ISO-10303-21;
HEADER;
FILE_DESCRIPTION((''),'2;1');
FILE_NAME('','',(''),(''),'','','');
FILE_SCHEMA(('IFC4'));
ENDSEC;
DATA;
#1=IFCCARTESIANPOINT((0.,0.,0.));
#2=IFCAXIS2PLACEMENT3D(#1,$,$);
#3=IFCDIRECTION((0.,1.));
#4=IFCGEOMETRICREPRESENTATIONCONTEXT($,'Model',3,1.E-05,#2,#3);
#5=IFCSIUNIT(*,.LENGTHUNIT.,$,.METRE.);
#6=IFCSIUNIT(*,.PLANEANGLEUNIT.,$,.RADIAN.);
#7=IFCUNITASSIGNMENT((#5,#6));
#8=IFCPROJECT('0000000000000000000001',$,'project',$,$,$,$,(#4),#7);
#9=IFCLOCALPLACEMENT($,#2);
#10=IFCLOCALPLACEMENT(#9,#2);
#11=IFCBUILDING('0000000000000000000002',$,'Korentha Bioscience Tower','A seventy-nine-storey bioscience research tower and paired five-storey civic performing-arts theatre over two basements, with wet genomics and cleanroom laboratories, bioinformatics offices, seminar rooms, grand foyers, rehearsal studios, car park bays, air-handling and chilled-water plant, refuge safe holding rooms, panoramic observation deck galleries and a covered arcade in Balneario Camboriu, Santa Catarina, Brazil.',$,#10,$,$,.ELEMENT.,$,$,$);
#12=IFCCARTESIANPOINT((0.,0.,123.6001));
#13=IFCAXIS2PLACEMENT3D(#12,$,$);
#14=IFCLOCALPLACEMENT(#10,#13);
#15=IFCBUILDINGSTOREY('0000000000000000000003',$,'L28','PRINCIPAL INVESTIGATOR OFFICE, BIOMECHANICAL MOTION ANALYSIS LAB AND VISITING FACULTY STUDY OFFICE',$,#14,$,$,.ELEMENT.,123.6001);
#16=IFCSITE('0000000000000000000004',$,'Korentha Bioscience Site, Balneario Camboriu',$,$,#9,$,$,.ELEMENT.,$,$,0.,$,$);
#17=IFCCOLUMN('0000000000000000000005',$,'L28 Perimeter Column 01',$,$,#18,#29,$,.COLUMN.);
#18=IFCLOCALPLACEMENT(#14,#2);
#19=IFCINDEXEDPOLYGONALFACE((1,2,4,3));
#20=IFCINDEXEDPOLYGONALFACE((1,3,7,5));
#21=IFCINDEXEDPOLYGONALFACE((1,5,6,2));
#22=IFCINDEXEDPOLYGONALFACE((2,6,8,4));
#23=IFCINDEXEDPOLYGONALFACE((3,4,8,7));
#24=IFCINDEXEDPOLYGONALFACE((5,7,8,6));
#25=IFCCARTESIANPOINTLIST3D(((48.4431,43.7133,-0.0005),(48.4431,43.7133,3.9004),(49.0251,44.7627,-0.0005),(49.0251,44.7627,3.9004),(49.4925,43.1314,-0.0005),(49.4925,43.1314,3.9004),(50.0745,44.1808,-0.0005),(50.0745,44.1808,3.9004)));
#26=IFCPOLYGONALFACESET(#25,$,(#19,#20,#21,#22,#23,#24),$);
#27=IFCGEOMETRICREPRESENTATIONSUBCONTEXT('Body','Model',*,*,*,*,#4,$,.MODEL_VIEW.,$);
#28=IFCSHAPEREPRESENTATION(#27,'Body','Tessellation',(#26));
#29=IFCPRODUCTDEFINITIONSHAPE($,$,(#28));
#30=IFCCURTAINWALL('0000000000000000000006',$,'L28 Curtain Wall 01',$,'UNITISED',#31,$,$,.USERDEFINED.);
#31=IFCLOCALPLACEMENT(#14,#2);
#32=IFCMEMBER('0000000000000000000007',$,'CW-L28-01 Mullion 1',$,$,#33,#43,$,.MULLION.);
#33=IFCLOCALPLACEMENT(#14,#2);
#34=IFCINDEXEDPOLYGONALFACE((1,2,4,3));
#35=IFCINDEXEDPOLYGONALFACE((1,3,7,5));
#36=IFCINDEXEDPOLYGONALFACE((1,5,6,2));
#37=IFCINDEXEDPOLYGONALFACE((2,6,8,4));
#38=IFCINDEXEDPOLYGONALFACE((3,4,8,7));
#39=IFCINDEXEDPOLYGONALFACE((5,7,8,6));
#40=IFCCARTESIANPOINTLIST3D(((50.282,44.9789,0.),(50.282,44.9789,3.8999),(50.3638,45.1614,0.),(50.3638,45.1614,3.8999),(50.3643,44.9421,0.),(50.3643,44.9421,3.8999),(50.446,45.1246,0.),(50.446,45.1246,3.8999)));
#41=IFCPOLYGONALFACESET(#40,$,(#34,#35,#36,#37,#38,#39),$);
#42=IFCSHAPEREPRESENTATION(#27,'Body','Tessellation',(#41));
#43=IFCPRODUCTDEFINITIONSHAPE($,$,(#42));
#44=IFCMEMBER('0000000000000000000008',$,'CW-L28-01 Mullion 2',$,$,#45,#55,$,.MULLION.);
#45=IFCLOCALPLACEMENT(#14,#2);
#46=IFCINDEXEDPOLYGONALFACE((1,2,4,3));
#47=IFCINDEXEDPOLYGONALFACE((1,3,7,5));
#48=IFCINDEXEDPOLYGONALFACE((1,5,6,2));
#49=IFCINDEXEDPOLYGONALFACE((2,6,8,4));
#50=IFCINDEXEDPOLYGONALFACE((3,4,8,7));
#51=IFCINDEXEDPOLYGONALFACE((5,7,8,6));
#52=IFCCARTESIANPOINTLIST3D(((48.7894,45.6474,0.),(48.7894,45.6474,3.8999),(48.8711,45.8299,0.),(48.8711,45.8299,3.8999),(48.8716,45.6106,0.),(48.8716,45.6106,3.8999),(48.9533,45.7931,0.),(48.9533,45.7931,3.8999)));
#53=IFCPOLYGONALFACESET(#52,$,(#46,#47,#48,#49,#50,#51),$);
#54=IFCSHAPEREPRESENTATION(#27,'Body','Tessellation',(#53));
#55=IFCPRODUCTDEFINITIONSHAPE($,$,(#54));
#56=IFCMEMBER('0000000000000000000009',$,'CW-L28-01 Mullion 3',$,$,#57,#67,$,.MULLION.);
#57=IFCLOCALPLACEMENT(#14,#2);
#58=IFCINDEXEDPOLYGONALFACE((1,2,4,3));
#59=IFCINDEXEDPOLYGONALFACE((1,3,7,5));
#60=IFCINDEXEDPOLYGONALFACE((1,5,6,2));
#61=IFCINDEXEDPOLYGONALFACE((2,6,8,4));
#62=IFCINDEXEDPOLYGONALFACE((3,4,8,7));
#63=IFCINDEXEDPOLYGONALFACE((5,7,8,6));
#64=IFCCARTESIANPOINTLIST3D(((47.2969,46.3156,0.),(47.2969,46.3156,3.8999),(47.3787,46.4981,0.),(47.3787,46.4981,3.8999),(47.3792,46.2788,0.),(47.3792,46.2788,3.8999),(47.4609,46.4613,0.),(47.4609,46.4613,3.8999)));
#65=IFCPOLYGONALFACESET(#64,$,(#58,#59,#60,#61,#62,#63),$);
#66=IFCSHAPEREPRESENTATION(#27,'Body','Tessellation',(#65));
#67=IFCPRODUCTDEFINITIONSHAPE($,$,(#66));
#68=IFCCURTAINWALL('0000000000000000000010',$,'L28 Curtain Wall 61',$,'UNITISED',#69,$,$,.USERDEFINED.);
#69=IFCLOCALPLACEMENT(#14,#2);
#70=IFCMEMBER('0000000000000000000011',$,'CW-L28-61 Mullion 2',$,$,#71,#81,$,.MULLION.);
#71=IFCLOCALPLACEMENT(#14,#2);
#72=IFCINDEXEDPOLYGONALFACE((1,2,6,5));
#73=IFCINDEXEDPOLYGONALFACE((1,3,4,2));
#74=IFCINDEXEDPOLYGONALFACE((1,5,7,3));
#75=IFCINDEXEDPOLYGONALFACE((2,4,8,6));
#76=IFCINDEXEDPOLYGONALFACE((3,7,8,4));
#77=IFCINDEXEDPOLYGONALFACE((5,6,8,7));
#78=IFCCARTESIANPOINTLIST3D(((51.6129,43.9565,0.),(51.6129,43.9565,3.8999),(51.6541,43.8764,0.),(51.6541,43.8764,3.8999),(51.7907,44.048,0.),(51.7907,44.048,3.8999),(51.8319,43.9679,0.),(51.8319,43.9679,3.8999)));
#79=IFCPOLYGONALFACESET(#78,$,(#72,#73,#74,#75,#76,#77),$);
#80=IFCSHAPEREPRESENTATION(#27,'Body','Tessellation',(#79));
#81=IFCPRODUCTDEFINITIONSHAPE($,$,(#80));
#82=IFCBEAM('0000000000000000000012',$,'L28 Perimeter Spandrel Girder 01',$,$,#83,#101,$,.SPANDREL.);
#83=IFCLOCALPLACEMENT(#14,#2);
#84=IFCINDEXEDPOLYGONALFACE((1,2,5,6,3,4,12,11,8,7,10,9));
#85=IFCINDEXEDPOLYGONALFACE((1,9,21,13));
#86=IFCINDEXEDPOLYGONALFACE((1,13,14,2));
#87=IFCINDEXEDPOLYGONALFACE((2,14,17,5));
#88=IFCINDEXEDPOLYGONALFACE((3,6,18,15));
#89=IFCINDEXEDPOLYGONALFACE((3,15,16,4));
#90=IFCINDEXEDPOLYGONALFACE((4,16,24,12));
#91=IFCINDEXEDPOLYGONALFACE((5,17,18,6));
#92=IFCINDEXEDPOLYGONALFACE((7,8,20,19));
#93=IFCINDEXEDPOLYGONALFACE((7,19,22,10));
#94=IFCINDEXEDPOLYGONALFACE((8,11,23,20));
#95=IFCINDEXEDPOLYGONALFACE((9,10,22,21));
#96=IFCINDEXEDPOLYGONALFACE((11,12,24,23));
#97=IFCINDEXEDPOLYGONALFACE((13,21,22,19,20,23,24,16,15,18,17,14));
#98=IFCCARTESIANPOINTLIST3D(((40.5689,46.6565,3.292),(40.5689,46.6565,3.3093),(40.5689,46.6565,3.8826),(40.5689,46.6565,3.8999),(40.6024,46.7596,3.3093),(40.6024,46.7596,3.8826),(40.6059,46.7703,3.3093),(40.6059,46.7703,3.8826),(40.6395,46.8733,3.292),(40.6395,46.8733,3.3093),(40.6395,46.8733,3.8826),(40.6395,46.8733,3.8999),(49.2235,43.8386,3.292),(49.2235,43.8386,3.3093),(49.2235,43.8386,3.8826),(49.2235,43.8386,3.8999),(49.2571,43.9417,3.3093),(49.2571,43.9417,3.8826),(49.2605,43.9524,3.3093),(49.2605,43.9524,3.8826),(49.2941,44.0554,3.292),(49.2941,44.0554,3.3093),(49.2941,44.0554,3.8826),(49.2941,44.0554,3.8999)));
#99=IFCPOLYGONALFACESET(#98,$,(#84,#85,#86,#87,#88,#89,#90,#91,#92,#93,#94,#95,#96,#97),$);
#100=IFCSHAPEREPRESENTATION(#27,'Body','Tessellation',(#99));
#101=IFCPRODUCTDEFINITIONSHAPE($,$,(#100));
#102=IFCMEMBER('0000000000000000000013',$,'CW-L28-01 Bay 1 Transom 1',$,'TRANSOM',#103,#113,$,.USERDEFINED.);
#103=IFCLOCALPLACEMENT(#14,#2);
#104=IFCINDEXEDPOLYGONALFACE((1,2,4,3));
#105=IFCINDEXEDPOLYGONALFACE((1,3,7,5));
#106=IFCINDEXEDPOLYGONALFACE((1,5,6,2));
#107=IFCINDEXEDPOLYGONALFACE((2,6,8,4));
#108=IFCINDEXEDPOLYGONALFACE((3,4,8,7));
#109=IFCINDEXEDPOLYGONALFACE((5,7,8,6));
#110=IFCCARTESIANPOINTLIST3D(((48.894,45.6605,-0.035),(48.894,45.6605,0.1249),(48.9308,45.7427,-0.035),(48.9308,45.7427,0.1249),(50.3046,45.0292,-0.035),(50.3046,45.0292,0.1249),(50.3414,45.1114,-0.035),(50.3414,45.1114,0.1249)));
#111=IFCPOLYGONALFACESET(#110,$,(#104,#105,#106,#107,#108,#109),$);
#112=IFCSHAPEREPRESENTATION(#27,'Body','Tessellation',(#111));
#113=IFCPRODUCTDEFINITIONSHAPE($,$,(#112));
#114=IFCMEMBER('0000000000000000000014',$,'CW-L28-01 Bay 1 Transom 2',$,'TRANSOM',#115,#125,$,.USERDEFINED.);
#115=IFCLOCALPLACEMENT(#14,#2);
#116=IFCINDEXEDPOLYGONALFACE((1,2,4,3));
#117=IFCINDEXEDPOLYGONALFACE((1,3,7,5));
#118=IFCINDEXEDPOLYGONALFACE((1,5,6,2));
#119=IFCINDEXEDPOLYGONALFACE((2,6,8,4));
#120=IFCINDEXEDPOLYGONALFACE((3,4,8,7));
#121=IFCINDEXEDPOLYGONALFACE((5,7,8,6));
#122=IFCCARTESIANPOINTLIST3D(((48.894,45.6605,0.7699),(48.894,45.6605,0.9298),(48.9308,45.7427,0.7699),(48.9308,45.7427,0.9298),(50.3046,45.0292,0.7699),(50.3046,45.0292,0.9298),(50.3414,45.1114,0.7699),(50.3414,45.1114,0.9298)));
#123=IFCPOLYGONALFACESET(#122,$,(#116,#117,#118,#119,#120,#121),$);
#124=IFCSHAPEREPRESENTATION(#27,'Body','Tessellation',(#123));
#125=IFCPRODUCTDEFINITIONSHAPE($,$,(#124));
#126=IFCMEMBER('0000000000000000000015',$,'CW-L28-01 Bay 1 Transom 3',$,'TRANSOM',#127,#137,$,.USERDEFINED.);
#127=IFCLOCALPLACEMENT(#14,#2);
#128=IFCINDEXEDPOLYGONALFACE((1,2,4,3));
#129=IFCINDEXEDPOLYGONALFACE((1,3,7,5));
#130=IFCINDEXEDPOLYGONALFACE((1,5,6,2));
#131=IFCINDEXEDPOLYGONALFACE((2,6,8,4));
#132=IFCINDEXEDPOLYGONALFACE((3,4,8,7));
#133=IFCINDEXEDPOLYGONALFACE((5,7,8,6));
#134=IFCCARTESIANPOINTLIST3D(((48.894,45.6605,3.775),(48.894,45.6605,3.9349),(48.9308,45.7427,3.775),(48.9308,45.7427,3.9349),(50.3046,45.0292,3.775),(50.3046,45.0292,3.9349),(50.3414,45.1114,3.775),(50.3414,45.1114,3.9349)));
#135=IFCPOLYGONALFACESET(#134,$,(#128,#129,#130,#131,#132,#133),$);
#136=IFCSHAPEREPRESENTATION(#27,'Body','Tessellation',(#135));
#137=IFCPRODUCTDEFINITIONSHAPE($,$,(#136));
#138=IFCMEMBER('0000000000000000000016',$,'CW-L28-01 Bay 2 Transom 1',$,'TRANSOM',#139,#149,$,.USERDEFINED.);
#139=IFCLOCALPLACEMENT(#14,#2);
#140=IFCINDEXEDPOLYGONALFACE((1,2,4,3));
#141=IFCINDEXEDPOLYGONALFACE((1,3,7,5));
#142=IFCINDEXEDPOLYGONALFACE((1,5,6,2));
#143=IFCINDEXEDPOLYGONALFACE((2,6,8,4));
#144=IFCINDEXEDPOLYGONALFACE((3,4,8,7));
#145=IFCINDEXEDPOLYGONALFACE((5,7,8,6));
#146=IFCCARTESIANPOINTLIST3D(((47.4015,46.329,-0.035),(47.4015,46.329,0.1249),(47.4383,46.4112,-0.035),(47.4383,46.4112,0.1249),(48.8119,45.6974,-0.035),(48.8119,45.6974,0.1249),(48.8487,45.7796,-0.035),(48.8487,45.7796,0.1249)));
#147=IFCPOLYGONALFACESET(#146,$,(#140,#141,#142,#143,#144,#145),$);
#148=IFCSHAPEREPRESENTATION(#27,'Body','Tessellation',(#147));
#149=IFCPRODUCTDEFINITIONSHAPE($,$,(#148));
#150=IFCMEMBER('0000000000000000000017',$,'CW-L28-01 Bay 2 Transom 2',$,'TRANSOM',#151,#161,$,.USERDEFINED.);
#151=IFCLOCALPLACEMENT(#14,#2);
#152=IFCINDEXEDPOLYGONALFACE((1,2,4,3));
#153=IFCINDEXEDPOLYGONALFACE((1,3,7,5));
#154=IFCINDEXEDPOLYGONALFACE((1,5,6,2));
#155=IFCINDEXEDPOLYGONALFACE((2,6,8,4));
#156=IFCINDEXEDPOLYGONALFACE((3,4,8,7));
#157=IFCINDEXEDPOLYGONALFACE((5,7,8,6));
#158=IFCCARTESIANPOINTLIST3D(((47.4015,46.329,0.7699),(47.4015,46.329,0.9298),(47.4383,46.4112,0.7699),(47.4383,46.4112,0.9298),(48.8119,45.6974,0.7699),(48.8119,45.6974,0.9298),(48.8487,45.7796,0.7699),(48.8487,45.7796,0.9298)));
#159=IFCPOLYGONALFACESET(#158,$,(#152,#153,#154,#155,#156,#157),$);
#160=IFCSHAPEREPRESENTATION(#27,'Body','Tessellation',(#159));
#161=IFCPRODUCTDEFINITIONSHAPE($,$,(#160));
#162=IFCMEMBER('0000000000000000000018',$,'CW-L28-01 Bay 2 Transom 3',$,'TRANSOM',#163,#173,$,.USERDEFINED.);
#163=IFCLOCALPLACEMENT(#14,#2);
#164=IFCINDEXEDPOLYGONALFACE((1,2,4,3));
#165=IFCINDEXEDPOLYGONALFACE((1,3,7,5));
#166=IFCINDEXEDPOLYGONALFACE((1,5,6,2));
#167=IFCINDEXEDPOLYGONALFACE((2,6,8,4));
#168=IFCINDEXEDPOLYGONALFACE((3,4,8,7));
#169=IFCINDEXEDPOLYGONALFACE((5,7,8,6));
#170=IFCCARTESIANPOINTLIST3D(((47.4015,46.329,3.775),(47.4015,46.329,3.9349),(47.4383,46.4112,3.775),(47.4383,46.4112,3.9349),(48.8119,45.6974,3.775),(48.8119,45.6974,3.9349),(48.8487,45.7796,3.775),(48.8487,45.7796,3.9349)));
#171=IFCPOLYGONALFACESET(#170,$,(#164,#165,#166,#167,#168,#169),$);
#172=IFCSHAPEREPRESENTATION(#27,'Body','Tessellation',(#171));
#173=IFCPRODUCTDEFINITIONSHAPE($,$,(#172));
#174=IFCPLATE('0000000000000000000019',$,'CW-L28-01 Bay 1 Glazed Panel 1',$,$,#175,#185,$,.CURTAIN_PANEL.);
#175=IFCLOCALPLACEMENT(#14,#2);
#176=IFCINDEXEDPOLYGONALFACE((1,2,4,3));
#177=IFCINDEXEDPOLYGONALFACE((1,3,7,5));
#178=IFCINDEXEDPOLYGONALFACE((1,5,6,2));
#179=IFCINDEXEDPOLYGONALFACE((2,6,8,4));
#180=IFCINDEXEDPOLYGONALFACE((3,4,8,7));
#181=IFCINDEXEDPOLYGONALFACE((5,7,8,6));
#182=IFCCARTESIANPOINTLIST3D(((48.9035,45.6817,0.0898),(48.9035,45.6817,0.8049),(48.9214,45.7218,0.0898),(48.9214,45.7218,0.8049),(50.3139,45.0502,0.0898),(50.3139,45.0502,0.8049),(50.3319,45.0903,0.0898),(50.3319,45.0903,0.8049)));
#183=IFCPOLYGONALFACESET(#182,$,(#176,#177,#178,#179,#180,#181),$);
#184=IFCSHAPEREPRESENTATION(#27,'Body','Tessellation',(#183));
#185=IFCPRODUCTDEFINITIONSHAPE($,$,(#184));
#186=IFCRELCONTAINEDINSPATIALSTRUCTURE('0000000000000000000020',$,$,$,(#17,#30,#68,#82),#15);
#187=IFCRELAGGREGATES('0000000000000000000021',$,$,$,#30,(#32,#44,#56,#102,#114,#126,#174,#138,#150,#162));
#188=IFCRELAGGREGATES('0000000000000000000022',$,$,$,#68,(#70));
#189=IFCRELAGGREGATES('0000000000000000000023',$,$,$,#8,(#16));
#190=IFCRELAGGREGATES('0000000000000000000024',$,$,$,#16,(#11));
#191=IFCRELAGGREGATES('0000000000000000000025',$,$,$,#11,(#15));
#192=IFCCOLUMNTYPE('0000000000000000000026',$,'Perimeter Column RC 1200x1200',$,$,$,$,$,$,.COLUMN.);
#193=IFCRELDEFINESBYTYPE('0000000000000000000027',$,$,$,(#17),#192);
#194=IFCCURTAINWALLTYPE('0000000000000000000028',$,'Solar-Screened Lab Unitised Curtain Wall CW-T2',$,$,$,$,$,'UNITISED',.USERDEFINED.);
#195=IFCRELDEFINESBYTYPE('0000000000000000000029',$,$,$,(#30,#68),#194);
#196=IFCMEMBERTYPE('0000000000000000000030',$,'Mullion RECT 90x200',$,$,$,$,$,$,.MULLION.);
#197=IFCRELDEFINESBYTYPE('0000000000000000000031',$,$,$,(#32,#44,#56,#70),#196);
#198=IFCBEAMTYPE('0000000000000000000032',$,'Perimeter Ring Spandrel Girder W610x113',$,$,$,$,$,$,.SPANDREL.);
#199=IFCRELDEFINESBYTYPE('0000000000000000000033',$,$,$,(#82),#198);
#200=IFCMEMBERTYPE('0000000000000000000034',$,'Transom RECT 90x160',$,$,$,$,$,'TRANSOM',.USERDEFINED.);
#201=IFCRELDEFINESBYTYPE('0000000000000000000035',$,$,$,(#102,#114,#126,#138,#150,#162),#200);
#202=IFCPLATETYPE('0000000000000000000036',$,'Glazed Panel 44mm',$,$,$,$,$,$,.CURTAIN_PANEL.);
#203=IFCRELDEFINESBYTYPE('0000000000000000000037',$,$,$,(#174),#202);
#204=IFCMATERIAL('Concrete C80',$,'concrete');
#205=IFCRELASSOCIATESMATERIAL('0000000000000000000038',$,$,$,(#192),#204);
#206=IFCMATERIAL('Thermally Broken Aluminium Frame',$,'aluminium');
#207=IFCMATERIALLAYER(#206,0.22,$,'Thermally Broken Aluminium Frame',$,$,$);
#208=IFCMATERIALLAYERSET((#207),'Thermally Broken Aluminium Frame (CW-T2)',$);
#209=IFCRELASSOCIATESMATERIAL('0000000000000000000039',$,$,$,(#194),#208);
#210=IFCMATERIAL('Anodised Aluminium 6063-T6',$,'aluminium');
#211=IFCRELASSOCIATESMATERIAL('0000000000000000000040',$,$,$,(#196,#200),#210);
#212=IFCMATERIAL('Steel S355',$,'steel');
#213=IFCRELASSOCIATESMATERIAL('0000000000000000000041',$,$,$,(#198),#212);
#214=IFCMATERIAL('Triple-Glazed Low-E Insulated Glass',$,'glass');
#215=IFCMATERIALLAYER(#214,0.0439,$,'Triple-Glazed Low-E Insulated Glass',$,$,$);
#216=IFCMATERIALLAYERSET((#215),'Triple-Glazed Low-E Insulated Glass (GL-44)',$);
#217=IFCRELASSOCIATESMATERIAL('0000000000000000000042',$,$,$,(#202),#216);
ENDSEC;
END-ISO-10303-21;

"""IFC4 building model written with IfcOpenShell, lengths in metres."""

from ifc_helpers import new_model, si_unit, direction, frame, origin, origin_2d, place, context, subcontext, project, spatial, rectangle, i_section, extrude, material, layer, layer_set, material_profile, profile_set, type_object, element, aggregate, save


model = new_model("IFC4")

# Units and contexts
model_context = context("Model", 3, precision=1e-05, world=origin(), true_north=direction((0.0, 1.0)))
body_context = subcontext(model_context, "Body", "Model", "MODEL_VIEW")
ifc_project = project(units=[si_unit("LENGTHUNIT", "METRE"), si_unit("PLANEANGLEUNIT", "RADIAN")], contexts=[model_context])

# Site, building, storey
site_placement = place(None, origin())
site = spatial("IfcSite", under=ifc_project, at=site_placement, Name="Korentha Bioscience Site, Balneario Camboriu", CompositionType="ELEMENT", RefElevation=0.0)
building_placement = place(site_placement, origin())
building = spatial("IfcBuilding", under=site, at=building_placement, Name="Korentha Bioscience Tower", Description="A seventy-nine-storey bioscience research tower and paired five-storey civic performing-arts theatre over two basements, with wet genomics and cleanroom laboratories, bioinformatics offices, seminar rooms, grand foyers, rehearsal studios, car park bays, air-handling and chilled-water plant, refuge safe holding rooms, panoramic observation deck galleries and a covered arcade in Balneario Camboriu, Santa Catarina, Brazil.", CompositionType="ELEMENT")
storey_placement = place(building_placement, frame((0.0, 0.0, 123.6001)))
storey = spatial("IfcBuildingStorey", under=building, at=storey_placement, Name="L28", Description="PRINCIPAL INVESTIGATOR OFFICE, BIOMECHANICAL MOTION ANALYSIS LAB AND VISITING FACULTY STUDY OFFICE", CompositionType="ELEMENT", Elevation=123.6001)

# Column
ifc_material_1 = material(Name="Concrete C80", Category="concrete")
ifc_material_profile_1 = material_profile(ifc_material_1, rectangle(XDim=1.2, YDim=1.2, at=origin_2d()), Name="Concrete C80")
ifc_profile_set_1 = profile_set([ifc_material_profile_1], Name="Concrete C80 (COL-P12)")
column_type = type_object("IfcColumnType", Name="Perimeter Column RC 1200x1200", PredefinedType="COLUMN", material=ifc_profile_set_1)
column_placement = place(storey_placement, frame((49.2588, 43.947, -0.0005), z_axis=(0.0, 0.0, 1.0), x_axis=(-0.874535, 0.484962, 0.0)))
element("IfcColumn", 1, at=column_placement, inside=storey, type_object=column_type, Name="L28 Perimeter Column 01", PredefinedType="COLUMN", context=body_context, shape_type="SweptSolid", body=[
    extrude(rectangle(XDim=1.2, YDim=1.2, at=origin_2d()), origin(), (0.0, 0.0, 1.0), 3.9009),
])

# Curtain wall, members
ifc_material_2 = material(Name="Thermally Broken Aluminium Frame", Category="aluminium")
ifc_layer_1 = layer(ifc_material_2, 0.22, Name="Thermally Broken Aluminium Frame")
ifc_layer_set_1 = layer_set([ifc_layer_1], Name="Thermally Broken Aluminium Frame (CW-T2)")
curtain_wall_type = type_object("IfcCurtainWallType", Name="Solar-Screened Lab Unitised Curtain Wall CW-T2", ElementType="UNITISED", PredefinedType="USERDEFINED", material=ifc_layer_set_1)
curtain_wall_1_placement = place(storey_placement, origin())
curtain_wall_1 = element("IfcCurtainWall", 2, at=curtain_wall_1_placement, inside=storey, type_object=curtain_wall_type, Name="L28 Curtain Wall 01", ObjectType="UNITISED", PredefinedType="USERDEFINED")
ifc_material_3 = material(Name="Anodised Aluminium 6063-T6", Category="aluminium")
ifc_material_profile_2 = material_profile(ifc_material_3, rectangle(XDim=0.0901, YDim=0.2, at=origin_2d()), Name="Anodised Aluminium 6063-T6")
ifc_profile_set_2 = profile_set([ifc_material_profile_2], Name="Anodised Aluminium 6063-T6 (CW-MUL)")
member_type_1 = type_object("IfcMemberType", Name="Mullion RECT 90x200", PredefinedType="MULLION", material=ifc_profile_set_2)
member_1_placement = place(storey_placement, frame((50.364, 45.0518, 0.0), z_axis=(0.0, 0.0, 1.0), x_axis=(-0.912687, 0.40866, 0.0)))
member_1 = element("IfcMember", 3, at=member_1_placement, type_object=member_type_1, Name="CW-L28-01 Mullion 1", PredefinedType="MULLION", context=body_context, shape_type="SweptSolid", body=[
    extrude(rectangle(XDim=0.0901, YDim=0.2, at=origin_2d()), origin(), (0.0, 0.0, 1.0), 3.8999),
])
member_2_placement = place(storey_placement, frame((48.8713, 45.7202, 0.0), z_axis=(0.0, 0.0, 1.0), x_axis=(-0.912687, 0.40866, 0.0)))
member_2 = element("IfcMember", 4, at=member_2_placement, type_object=member_type_1, Name="CW-L28-01 Mullion 2", PredefinedType="MULLION", context=body_context, shape_type="SweptSolid", body=[
    extrude(rectangle(XDim=0.0901, YDim=0.2, at=origin_2d()), origin(), (0.0, 0.0, 1.0), 3.8999),
])
member_3_placement = place(storey_placement, frame((47.3789, 46.3884, 0.0), z_axis=(0.0, 0.0, 1.0), x_axis=(-0.912687, 0.40866, 0.0)))
member_3 = element("IfcMember", 5, at=member_3_placement, type_object=member_type_1, Name="CW-L28-01 Mullion 3", PredefinedType="MULLION", context=body_context, shape_type="SweptSolid", body=[
    extrude(rectangle(XDim=0.0901, YDim=0.2, at=origin_2d()), origin(), (0.0, 0.0, 1.0), 3.8999),
])

# Curtain wall, member
curtain_wall_2_placement = place(storey_placement, origin())
curtain_wall_2 = element("IfcCurtainWall", 6, at=curtain_wall_2_placement, inside=storey, type_object=curtain_wall_type, Name="L28 Curtain Wall 61", ObjectType="UNITISED", PredefinedType="USERDEFINED")
member_4_placement = place(storey_placement, frame((51.7224, 43.9622, 0.0), z_axis=(0.0, 0.0, 1.0), x_axis=(-0.457613, 0.889151, 0.0)))
member_4 = element("IfcMember", 7, at=member_4_placement, type_object=member_type_1, Name="CW-L28-61 Mullion 2", PredefinedType="MULLION", context=body_context, shape_type="SweptSolid", body=[
    extrude(rectangle(XDim=0.0901, YDim=0.2, at=origin_2d()), origin(), (0.0, 0.0, 1.0), 3.8999),
])

# Beam
ifc_material_4 = material(Name="Steel S355", Category="steel")
ifc_material_profile_3 = material_profile(ifc_material_4, i_section(OverallWidth=0.228, OverallDepth=0.6079, WebThickness=0.0112, FlangeThickness=0.0173, at=origin_2d()), Name="Steel S355")
ifc_profile_set_3 = profile_set([ifc_material_profile_3], Name="Steel S355 (SB-610)")
beam_type = type_object("IfcBeamType", Name="Perimeter Ring Spandrel Girder W610x113", PredefinedType="SPANDREL", material=ifc_profile_set_3)
beam_placement = place(storey_placement, frame((49.2588, 43.947, 3.5959), z_axis=(-0.950868, 0.309597, 0.0), x_axis=(-0.309597, -0.950868, 0.0)))
element("IfcBeam", 8, at=beam_placement, inside=storey, type_object=beam_type, Name="L28 Perimeter Spandrel Girder 01", PredefinedType="SPANDREL", context=body_context, shape_type="SweptSolid", body=[
    extrude(i_section(OverallWidth=0.228, OverallDepth=0.6079, WebThickness=0.0112, FlangeThickness=0.0173, at=origin_2d()), origin(), (0.0, 0.0, 1.0), 9.1018),
])

# Members
ifc_material_profile_4 = material_profile(ifc_material_3, rectangle(XDim=0.0901, YDim=0.1599, at=origin_2d()), Name="Anodised Aluminium 6063-T6")
ifc_profile_set_4 = profile_set([ifc_material_profile_4], Name="Anodised Aluminium 6063-T6 (CW-TRN)")
member_type_2 = type_object("IfcMemberType", Name="Transom RECT 90x160", ElementType="TRANSOM", PredefinedType="USERDEFINED", material=ifc_profile_set_4)
member_5_placement = place(storey_placement, frame((50.323, 45.0703, 0.0449), z_axis=(-0.912753, 0.408512, 0.0), x_axis=(-0.408512, -0.912753, 0.0)))
member_5 = element("IfcMember", 9, at=member_5_placement, type_object=member_type_2, Name="CW-L28-01 Bay 1 Transom 1", ObjectType="TRANSOM", PredefinedType="USERDEFINED", context=body_context, shape_type="SweptSolid", body=[
    extrude(rectangle(XDim=0.0901, YDim=0.1599, at=origin_2d()), origin(), (0.0, 0.0, 1.0), 1.5454),
])
member_6_placement = place(storey_placement, frame((50.323, 45.0703, 0.8499), z_axis=(-0.912753, 0.408512, 0.0), x_axis=(-0.408512, -0.912753, 0.0)))
member_6 = element("IfcMember", 10, at=member_6_placement, type_object=member_type_2, Name="CW-L28-01 Bay 1 Transom 2", ObjectType="TRANSOM", PredefinedType="USERDEFINED", context=body_context, shape_type="SweptSolid", body=[
    extrude(rectangle(XDim=0.0901, YDim=0.1599, at=origin_2d()), origin(), (0.0, 0.0, 1.0), 1.5454),
])
member_7_placement = place(storey_placement, frame((50.323, 45.0703, 3.855), z_axis=(-0.912753, 0.408512, 0.0), x_axis=(-0.408512, -0.912753, 0.0)))
member_7 = element("IfcMember", 11, at=member_7_placement, type_object=member_type_2, Name="CW-L28-01 Bay 1 Transom 3", ObjectType="TRANSOM", PredefinedType="USERDEFINED", context=body_context, shape_type="SweptSolid", body=[
    extrude(rectangle(XDim=0.0901, YDim=0.1599, at=origin_2d()), origin(), (0.0, 0.0, 1.0), 1.5454),
])
member_8_placement = place(storey_placement, frame((48.8303, 45.7385, 0.0449), z_axis=(-0.912668, 0.408702, 0.0), x_axis=(-0.408702, -0.912668, 0.0)))
member_8 = element("IfcMember", 12, at=member_8_placement, type_object=member_type_2, Name="CW-L28-01 Bay 2 Transom 1", ObjectType="TRANSOM", PredefinedType="USERDEFINED", context=body_context, shape_type="SweptSolid", body=[
    extrude(rectangle(XDim=0.0901, YDim=0.1599, at=origin_2d()), origin(), (0.0, 0.0, 1.0), 1.5454),
])
member_9_placement = place(storey_placement, frame((48.8303, 45.7385, 0.8499), z_axis=(-0.912668, 0.408702, 0.0), x_axis=(-0.408702, -0.912668, 0.0)))
member_9 = element("IfcMember", 13, at=member_9_placement, type_object=member_type_2, Name="CW-L28-01 Bay 2 Transom 2", ObjectType="TRANSOM", PredefinedType="USERDEFINED", context=body_context, shape_type="SweptSolid", body=[
    extrude(rectangle(XDim=0.0901, YDim=0.1599, at=origin_2d()), origin(), (0.0, 0.0, 1.0), 1.5454),
])
member_10_placement = place(storey_placement, frame((48.8303, 45.7385, 3.855), z_axis=(-0.912668, 0.408702, 0.0), x_axis=(-0.408702, -0.912668, 0.0)))
member_10 = element("IfcMember", 14, at=member_10_placement, type_object=member_type_2, Name="CW-L28-01 Bay 2 Transom 3", ObjectType="TRANSOM", PredefinedType="USERDEFINED", context=body_context, shape_type="SweptSolid", body=[
    extrude(rectangle(XDim=0.0901, YDim=0.1599, at=origin_2d()), origin(), (0.0, 0.0, 1.0), 1.5454),
])

# Plate
ifc_material_5 = material(Name="Triple-Glazed Low-E Insulated Glass", Category="glass")
ifc_layer_2 = layer(ifc_material_5, 0.0439, Name="Triple-Glazed Low-E Insulated Glass")
ifc_layer_set_2 = layer_set([ifc_layer_2], Name="Triple-Glazed Low-E Insulated Glass (GL-44)")
plate_type = type_object("IfcPlateType", Name="Glazed Panel 44mm", PredefinedType="CURTAIN_PANEL", material=ifc_layer_set_2)
plate_1_placement = place(storey_placement, frame((49.6177, 45.386, 0.0898), z_axis=(0.0, 0.0, 1.0), x_axis=(-0.912687, 0.40866, 0.0)))
plate_1 = element("IfcPlate", 15, at=plate_1_placement, type_object=plate_type, Name="CW-L28-01 Bay 1 Glazed Panel 1", PredefinedType="CURTAIN_PANEL", context=body_context, shape_type="SweptSolid", body=[
    extrude(rectangle(XDim=1.5454, YDim=0.0439, at=origin_2d()), origin(), (0.0, 0.0, 1.0), 0.7151),
])
aggregate(curtain_wall_1, [member_1, member_2, member_3, member_5, member_6, member_7, plate_1, member_8, member_9, member_10])
aggregate(curtain_wall_2, [member_4])

save(model, "model.ifc")
